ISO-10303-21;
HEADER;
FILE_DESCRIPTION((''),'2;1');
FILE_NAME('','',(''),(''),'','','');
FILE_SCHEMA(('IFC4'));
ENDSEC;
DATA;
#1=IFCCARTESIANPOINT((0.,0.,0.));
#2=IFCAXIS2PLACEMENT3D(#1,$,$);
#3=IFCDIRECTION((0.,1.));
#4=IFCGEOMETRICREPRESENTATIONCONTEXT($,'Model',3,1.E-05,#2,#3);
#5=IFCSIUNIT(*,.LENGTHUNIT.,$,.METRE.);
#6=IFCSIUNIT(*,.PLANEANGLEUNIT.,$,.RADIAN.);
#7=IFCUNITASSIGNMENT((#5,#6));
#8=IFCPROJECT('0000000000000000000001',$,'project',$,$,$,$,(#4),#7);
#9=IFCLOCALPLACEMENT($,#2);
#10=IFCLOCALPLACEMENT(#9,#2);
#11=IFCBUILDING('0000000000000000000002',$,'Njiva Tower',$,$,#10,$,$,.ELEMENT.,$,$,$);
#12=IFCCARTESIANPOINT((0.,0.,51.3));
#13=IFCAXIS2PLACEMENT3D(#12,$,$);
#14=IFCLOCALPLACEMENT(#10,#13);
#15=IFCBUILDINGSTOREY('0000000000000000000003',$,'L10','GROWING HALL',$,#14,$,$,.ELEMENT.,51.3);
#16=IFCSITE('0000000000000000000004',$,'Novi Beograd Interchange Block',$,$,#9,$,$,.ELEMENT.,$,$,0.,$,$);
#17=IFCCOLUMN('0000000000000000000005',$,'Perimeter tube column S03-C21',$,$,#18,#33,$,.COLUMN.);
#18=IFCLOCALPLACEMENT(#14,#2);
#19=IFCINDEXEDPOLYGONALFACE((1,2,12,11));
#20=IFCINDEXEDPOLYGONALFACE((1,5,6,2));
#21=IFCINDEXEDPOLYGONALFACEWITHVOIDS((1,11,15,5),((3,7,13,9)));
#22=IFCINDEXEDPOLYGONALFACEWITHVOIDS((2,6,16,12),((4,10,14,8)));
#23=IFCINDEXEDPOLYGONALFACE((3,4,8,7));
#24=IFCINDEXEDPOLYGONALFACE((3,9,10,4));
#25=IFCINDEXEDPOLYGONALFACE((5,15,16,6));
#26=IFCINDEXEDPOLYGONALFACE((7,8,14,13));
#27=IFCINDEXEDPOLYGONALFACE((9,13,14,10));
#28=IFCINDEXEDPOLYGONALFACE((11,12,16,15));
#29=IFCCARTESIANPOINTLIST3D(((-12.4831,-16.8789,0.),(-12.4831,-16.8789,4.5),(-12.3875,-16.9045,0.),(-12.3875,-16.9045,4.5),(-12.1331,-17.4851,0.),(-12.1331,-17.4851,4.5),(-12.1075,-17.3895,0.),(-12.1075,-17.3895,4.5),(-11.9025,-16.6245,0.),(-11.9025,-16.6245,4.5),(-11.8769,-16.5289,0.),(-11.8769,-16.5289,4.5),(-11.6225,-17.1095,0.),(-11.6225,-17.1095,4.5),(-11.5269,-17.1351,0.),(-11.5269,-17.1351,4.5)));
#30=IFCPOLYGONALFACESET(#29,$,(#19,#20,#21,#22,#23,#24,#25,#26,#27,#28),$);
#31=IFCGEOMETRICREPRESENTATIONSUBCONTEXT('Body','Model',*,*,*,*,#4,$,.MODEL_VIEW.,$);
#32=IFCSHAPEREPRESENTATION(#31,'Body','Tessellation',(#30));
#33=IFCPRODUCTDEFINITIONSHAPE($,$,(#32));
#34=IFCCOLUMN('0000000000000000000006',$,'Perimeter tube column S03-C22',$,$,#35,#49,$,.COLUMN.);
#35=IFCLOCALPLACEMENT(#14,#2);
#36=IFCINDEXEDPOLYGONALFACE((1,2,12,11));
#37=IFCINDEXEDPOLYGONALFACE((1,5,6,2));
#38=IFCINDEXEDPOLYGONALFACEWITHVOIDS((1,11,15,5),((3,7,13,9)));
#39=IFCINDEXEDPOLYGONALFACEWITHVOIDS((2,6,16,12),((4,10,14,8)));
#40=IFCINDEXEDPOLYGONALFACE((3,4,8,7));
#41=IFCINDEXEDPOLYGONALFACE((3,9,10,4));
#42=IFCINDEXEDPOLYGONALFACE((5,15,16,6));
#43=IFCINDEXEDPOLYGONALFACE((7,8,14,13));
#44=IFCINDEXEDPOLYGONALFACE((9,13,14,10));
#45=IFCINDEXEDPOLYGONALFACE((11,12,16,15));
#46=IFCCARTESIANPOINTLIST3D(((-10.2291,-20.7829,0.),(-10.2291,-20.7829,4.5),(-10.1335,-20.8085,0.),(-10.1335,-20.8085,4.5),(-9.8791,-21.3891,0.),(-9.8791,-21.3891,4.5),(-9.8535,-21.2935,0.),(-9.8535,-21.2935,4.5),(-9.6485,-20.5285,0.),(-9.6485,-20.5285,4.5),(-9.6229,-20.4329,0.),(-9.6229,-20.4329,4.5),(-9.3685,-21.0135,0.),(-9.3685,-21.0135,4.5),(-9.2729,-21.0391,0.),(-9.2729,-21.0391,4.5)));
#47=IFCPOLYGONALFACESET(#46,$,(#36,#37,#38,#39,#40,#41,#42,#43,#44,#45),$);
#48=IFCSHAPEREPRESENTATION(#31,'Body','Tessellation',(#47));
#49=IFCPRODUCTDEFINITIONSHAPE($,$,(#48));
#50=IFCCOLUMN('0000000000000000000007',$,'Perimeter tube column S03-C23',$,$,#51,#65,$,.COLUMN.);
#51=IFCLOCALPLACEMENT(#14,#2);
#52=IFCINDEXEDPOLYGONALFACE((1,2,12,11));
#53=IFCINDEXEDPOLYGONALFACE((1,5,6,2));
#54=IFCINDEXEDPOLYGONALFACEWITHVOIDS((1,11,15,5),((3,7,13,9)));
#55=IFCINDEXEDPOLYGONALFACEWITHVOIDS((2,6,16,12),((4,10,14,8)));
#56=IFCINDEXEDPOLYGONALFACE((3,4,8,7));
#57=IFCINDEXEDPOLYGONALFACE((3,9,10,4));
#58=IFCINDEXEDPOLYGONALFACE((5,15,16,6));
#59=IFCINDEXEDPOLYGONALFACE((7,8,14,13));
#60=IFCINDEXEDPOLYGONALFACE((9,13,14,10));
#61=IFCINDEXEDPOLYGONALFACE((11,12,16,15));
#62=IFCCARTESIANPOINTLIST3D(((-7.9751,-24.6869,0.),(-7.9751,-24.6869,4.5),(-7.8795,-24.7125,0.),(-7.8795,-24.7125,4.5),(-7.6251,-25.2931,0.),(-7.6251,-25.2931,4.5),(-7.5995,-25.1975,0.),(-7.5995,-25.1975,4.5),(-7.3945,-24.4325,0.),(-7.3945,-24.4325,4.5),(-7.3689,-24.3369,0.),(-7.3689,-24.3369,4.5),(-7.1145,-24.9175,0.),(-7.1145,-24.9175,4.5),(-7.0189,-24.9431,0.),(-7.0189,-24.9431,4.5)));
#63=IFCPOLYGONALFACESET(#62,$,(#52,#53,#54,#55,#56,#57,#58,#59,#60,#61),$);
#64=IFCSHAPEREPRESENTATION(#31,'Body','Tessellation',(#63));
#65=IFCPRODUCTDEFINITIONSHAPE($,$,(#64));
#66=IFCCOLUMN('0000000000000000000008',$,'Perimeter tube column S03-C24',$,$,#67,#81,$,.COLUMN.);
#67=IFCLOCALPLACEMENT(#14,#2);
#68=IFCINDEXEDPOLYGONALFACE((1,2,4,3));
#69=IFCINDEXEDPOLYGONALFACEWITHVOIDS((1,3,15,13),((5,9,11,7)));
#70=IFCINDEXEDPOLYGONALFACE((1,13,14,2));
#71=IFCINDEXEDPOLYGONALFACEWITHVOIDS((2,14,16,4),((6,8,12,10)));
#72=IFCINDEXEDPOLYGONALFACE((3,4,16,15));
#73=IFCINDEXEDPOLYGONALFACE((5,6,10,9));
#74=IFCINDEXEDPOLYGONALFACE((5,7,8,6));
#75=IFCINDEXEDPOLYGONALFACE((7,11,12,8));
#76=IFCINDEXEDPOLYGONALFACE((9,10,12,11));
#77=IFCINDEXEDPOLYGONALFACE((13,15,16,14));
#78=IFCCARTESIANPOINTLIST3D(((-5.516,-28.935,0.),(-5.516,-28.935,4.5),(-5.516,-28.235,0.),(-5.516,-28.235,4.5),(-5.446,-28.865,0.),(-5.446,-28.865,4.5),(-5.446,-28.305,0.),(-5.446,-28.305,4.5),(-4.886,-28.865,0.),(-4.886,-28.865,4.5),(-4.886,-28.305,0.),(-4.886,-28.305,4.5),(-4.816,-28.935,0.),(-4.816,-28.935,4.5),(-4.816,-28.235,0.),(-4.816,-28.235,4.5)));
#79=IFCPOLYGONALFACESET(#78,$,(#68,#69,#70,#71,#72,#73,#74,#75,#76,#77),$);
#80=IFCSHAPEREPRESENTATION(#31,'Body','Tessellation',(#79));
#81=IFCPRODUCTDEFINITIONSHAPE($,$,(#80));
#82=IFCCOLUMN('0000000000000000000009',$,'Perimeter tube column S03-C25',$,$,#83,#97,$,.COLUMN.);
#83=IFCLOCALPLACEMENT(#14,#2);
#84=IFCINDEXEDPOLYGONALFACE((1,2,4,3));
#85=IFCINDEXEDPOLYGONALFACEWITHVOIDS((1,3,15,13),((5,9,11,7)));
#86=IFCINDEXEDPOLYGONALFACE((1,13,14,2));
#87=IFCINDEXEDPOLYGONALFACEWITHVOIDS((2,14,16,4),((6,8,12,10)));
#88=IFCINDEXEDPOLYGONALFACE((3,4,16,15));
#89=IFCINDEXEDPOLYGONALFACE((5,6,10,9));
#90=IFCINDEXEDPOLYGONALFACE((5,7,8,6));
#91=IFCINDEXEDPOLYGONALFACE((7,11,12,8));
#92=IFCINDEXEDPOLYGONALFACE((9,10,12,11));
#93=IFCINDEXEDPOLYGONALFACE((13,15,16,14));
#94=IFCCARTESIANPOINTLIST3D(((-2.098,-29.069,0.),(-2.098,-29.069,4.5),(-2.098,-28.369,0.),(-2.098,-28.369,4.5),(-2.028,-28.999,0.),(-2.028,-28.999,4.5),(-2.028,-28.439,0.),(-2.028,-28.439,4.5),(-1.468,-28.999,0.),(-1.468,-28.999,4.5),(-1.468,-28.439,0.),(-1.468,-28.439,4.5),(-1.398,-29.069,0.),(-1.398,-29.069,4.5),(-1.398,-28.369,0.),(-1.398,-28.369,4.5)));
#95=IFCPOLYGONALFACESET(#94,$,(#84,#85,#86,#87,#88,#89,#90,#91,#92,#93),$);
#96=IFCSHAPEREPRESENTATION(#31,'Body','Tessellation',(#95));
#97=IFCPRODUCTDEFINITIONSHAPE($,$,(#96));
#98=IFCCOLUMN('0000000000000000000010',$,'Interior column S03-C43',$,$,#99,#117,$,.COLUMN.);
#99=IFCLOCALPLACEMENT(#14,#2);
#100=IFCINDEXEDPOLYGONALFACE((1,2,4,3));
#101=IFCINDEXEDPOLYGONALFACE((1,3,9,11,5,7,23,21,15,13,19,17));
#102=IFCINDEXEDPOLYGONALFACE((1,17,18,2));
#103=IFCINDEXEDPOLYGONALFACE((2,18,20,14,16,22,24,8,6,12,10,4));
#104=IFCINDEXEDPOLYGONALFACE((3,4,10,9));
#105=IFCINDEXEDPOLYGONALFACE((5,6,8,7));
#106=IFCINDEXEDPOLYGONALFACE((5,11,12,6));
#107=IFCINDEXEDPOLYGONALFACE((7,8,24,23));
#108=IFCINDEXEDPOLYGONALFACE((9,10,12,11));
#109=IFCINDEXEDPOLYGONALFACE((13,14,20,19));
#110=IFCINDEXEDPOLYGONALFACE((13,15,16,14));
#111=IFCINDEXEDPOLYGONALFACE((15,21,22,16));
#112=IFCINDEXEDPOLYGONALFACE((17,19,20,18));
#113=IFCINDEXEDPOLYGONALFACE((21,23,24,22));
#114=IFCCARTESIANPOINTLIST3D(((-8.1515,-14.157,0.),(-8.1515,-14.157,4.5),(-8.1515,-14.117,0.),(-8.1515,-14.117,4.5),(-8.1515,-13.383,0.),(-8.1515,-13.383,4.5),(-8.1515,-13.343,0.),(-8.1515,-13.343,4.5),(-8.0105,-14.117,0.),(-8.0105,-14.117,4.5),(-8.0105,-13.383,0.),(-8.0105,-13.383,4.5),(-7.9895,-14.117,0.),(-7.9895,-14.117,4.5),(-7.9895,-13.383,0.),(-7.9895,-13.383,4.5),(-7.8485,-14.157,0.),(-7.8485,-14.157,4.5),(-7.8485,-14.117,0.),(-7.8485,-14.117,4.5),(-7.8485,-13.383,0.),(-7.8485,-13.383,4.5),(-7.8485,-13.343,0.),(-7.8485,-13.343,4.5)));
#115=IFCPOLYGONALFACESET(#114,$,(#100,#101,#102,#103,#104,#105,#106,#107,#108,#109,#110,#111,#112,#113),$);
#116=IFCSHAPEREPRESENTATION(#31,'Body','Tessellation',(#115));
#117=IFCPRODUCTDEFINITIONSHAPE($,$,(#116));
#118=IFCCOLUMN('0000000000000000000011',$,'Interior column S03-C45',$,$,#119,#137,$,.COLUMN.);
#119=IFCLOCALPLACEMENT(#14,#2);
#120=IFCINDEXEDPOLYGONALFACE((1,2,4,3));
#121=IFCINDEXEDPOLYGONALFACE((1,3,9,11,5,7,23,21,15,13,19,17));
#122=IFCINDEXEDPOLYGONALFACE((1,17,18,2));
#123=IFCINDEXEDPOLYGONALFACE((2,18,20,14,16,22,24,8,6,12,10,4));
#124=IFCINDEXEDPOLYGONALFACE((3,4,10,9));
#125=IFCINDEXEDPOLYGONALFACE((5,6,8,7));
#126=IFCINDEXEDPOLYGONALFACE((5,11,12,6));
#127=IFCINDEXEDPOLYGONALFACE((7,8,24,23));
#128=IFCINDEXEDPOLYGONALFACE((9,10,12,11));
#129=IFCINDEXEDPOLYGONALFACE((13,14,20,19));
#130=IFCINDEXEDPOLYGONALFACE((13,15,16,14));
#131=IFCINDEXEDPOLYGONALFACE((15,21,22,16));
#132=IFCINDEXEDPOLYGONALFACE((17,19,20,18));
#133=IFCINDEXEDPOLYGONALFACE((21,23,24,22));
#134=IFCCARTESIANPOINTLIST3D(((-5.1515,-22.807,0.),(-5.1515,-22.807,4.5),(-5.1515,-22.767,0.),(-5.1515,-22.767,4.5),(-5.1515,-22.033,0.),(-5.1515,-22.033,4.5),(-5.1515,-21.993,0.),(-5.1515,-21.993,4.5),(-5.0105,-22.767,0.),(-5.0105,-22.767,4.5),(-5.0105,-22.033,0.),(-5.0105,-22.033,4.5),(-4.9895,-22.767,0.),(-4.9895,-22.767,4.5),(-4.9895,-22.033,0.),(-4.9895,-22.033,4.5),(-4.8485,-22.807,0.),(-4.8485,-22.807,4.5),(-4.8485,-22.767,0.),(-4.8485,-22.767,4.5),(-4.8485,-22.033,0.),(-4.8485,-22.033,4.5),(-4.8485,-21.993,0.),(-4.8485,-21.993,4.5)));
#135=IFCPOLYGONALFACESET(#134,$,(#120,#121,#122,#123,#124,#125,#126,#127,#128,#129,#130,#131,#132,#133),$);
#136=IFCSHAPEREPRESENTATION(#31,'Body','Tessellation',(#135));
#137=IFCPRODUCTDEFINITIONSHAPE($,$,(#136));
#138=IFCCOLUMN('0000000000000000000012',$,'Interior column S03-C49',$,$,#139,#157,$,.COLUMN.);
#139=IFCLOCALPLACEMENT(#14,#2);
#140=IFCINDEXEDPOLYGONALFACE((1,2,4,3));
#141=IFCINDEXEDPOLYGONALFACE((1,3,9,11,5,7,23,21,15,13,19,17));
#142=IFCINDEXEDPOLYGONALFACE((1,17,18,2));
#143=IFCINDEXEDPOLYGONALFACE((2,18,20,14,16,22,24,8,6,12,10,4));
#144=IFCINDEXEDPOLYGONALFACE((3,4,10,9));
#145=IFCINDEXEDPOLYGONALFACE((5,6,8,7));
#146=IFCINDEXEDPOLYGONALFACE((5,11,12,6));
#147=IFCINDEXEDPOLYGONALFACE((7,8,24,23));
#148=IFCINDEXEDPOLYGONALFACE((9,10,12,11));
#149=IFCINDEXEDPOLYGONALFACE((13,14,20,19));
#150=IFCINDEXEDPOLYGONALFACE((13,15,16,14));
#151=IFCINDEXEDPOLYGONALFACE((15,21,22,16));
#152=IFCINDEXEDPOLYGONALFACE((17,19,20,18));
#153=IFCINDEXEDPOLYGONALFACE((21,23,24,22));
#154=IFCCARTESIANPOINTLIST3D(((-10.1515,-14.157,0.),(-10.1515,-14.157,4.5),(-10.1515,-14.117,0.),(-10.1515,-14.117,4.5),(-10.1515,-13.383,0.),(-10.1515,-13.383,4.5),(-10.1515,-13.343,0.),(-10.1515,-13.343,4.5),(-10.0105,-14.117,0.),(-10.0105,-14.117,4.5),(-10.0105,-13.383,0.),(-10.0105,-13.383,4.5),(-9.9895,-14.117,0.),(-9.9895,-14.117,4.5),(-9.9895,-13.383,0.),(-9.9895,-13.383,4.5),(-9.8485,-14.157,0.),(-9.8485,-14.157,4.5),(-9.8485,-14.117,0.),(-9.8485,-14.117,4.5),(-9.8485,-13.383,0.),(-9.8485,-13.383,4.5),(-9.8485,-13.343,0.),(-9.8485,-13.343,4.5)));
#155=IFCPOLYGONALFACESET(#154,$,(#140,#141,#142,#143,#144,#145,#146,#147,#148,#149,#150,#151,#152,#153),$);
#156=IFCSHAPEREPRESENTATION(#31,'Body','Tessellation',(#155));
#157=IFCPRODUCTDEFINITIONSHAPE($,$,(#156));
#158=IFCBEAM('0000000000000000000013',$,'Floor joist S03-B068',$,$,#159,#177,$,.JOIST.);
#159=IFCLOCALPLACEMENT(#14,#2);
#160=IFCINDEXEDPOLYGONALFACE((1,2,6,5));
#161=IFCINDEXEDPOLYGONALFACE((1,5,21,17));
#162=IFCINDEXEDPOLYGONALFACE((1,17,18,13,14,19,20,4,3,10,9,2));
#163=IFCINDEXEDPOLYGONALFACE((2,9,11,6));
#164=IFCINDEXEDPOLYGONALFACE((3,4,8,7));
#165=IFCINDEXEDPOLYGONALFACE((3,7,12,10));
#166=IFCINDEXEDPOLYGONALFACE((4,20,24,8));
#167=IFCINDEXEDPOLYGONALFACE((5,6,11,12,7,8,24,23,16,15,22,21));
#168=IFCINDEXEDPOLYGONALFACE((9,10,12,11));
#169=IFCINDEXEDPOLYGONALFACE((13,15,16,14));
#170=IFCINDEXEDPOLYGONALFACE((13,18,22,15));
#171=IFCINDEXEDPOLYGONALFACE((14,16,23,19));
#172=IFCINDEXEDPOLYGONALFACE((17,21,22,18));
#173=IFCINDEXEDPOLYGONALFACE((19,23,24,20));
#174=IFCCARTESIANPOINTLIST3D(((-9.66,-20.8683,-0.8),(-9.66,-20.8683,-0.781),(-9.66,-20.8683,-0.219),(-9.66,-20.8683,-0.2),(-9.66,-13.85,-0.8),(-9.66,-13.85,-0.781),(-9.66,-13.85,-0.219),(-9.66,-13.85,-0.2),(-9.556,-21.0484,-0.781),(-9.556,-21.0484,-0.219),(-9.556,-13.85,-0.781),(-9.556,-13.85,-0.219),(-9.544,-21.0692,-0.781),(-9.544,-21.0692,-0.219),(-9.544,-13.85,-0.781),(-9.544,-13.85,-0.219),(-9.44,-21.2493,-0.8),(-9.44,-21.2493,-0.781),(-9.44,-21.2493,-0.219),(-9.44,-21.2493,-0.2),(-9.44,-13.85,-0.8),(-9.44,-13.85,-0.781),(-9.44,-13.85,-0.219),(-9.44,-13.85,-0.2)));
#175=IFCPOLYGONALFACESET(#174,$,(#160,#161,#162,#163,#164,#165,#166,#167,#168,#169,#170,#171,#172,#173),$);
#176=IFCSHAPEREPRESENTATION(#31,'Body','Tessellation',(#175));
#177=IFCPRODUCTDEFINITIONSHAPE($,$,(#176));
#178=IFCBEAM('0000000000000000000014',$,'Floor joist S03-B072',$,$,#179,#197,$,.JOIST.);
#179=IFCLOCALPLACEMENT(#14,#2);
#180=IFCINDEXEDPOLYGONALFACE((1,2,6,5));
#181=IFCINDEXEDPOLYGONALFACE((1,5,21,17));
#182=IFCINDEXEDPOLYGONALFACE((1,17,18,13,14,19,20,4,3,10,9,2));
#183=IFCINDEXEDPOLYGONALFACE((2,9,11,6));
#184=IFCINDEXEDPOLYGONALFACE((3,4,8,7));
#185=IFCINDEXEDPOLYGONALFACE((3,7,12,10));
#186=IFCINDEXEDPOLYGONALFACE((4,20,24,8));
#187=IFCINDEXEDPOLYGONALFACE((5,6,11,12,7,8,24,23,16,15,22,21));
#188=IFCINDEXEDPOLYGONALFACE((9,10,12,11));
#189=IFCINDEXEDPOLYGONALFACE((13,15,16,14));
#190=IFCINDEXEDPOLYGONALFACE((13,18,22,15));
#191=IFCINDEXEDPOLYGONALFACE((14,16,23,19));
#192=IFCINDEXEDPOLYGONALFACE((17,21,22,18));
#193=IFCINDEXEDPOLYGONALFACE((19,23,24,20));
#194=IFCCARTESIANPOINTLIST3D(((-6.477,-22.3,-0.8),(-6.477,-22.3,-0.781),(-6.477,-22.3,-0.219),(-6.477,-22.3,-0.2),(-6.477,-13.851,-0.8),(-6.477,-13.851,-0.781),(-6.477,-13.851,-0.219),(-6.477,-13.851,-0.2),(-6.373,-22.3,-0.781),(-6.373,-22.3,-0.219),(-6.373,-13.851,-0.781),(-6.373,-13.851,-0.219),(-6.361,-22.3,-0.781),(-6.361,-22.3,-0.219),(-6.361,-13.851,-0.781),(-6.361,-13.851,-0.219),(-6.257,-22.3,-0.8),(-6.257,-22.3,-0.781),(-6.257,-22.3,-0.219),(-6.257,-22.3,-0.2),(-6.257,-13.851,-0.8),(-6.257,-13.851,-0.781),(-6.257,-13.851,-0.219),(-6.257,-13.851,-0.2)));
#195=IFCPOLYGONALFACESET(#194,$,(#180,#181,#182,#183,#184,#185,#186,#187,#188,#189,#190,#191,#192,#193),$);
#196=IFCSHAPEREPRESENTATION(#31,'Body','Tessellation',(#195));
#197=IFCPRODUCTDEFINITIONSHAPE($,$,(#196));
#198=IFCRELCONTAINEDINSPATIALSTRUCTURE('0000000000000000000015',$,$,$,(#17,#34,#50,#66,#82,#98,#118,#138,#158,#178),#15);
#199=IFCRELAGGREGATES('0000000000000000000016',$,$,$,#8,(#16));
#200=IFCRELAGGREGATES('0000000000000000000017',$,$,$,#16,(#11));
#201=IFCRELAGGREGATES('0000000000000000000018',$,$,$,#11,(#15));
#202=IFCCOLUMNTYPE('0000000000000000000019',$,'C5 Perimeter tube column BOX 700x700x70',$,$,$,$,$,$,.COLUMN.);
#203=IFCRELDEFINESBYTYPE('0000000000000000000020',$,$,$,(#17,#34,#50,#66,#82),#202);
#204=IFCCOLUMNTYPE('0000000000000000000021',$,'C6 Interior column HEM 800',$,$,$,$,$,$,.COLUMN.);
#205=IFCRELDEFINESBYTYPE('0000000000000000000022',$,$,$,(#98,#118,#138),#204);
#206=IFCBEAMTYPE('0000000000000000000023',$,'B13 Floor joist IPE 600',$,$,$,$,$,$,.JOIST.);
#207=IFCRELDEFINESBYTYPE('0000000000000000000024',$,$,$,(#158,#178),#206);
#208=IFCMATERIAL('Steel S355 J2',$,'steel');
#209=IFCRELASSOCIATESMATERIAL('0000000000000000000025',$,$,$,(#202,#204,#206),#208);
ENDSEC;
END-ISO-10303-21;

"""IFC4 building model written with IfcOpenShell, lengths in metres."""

from ifc_helpers import new_model, si_unit, direction, frame, origin, origin_2d, place, context, subcontext, project, spatial, hollow_rectangle, i_section, extrude, clip, halfspace, material, material_profile, profile_set, type_object, element, save


model = new_model("IFC4")

# Units and contexts
model_context = context("Model", 3, precision=1e-05, world=origin(), true_north=direction((0.0, 1.0)))
body_context = subcontext(model_context, "Body", "Model", "MODEL_VIEW")
ifc_project = project(units=[si_unit("LENGTHUNIT", "METRE"), si_unit("PLANEANGLEUNIT", "RADIAN")], contexts=[model_context])

# Site, building, storey
site_placement = place(None, origin())
site = spatial("IfcSite", under=ifc_project, at=site_placement, Name="Novi Beograd Interchange Block", CompositionType="ELEMENT", RefElevation=0.0)
building_placement = place(site_placement, origin())
building = spatial("IfcBuilding", under=site, at=building_placement, Name="Njiva Tower", CompositionType="ELEMENT")
storey_placement = place(building_placement, frame((0.0, 0.0, 51.3)))
storey = spatial("IfcBuildingStorey", under=building, at=storey_placement, Name="L10", Description="GROWING HALL", CompositionType="ELEMENT", Elevation=51.3)

# Columns
ifc_material_1 = material(Name="Steel S355 J2", Category="steel")
ifc_material_profile_1 = material_profile(ifc_material_1, hollow_rectangle(XDim=0.7, YDim=0.7, WallThickness=0.07, at=origin_2d()), Name="BOX 700x700x70")
ifc_profile_set_1 = profile_set([ifc_material_profile_1], Name="Steel S355 J2")
column_type_1 = type_object("IfcColumnType", Name="C5 Perimeter tube column BOX 700x700x70", PredefinedType="COLUMN", material=ifc_profile_set_1)
for number, where, z_axis, x_axis, name in (
    (1, (-12.005, -17.007, 0.0), (0.0, 0.0, 1.0), (0.5, -0.866025, 0.0), "Perimeter tube column S03-C21"),
    (2, (-9.751, -20.911, 0.0), (0.0, 0.0, 1.0), (0.5, -0.866025, 0.0), "Perimeter tube column S03-C22"),
    (3, (-7.497, -24.815, 0.0), (0.0, 0.0, 1.0), (0.5, -0.866025, 0.0), "Perimeter tube column S03-C23"),
    (4, (-5.166, -28.585, 0.0), (0.0, 0.0, 1.0), (1.0, 0.0, 0.0), "Perimeter tube column S03-C24"),
    (5, (-1.748, -28.719, 0.0), (0.0, 0.0, 1.0), (1.0, 0.0, 0.0), "Perimeter tube column S03-C25"),
):
    element("IfcColumn", number, at=place(storey_placement, frame(where, z_axis=z_axis, x_axis=x_axis)), inside=storey, type_object=column_type_1, Name=name, PredefinedType="COLUMN", context=body_context, shape_type="SweptSolid", body=[
        extrude(hollow_rectangle(XDim=0.7, YDim=0.7, WallThickness=0.07, at=origin_2d()), origin(), (0.0, 0.0, 1.0), 4.5),
    ])
ifc_material_profile_2 = material_profile(ifc_material_1, i_section(OverallWidth=0.303, OverallDepth=0.814, WebThickness=0.021, FlangeThickness=0.04, at=origin_2d()), Name="HEM 800")
ifc_profile_set_2 = profile_set([ifc_material_profile_2], Name="Steel S355 J2")
column_type_2 = type_object("IfcColumnType", Name="C6 Interior column HEM 800", PredefinedType="COLUMN", material=ifc_profile_set_2)
for number, where, z_axis, x_axis, name in (
    (6, (-8.0, -13.75, 0.0), (0.0, 0.0, 1.0), (1.0, 0.0, 0.0), "Interior column S03-C43"),
    (7, (-5.0, -22.4, 0.0), (0.0, 0.0, 1.0), (1.0, 0.0, 0.0), "Interior column S03-C45"),
    (8, (-10.0, -13.75, 0.0), (0.0, 0.0, 1.0), (1.0, 0.0, 0.0), "Interior column S03-C49"),
):
    element("IfcColumn", number, at=place(storey_placement, frame(where, z_axis=z_axis, x_axis=x_axis)), inside=storey, type_object=column_type_2, Name=name, PredefinedType="COLUMN", context=body_context, shape_type="SweptSolid", body=[
        extrude(i_section(OverallWidth=0.303, OverallDepth=0.814, WebThickness=0.021, FlangeThickness=0.04, at=origin_2d()), origin(), (0.0, 0.0, 1.0), 4.5),
    ])

# Beams
ifc_material_profile_3 = material_profile(ifc_material_1, i_section(OverallWidth=0.22, OverallDepth=0.6, WebThickness=0.012, FlangeThickness=0.019, at=origin_2d()), Name="IPE 600")
ifc_profile_set_3 = profile_set([ifc_material_profile_3], Name="Steel S355 J2")
beam_type_1 = type_object("IfcBeamType", Name="B13 Floor joist IPE 600", PredefinedType="JOIST", material=ifc_profile_set_3)
beam_1_placement = place(storey_placement, frame((-9.55, -13.85, -0.5), z_axis=(0.0, -1.0, 0.0), x_axis=(1.0, 0.0, 0.0)))
element("IfcBeam", 9, at=beam_1_placement, inside=storey, type_object=beam_type_1, Name="Floor joist S03-B068", PredefinedType="JOIST", context=body_context, shape_type="Clipping", body=[
    clip(extrude(i_section(OverallWidth=0.22, OverallDepth=0.6, WebThickness=0.012, FlangeThickness=0.019, at=origin_2d()), origin(), (0.0, 0.0, 1.0), 7.42), halfspace(frame((-0.0433, 0.0, 7.1338), z_axis=(-0.866027, 0.0, 0.499998), x_axis=(0.0, 1.0, 0.0)), False)),
])
for number, where, z_axis, x_axis, name in (
    (10, (-6.367, -13.851, -0.5), (0.0, -1.0, 0.0), (1.0, 0.0, 0.0), "Floor joist S03-B072"),
):
    element("IfcBeam", number, at=place(storey_placement, frame(where, z_axis=z_axis, x_axis=x_axis)), inside=storey, type_object=beam_type_1, Name=name, PredefinedType="JOIST", context=body_context, shape_type="SweptSolid", body=[
        extrude(i_section(OverallWidth=0.22, OverallDepth=0.6, WebThickness=0.012, FlangeThickness=0.019, at=origin_2d()), origin(), (0.0, 0.0, 1.0), 8.449),
    ])

save(model, "model.ifc")
